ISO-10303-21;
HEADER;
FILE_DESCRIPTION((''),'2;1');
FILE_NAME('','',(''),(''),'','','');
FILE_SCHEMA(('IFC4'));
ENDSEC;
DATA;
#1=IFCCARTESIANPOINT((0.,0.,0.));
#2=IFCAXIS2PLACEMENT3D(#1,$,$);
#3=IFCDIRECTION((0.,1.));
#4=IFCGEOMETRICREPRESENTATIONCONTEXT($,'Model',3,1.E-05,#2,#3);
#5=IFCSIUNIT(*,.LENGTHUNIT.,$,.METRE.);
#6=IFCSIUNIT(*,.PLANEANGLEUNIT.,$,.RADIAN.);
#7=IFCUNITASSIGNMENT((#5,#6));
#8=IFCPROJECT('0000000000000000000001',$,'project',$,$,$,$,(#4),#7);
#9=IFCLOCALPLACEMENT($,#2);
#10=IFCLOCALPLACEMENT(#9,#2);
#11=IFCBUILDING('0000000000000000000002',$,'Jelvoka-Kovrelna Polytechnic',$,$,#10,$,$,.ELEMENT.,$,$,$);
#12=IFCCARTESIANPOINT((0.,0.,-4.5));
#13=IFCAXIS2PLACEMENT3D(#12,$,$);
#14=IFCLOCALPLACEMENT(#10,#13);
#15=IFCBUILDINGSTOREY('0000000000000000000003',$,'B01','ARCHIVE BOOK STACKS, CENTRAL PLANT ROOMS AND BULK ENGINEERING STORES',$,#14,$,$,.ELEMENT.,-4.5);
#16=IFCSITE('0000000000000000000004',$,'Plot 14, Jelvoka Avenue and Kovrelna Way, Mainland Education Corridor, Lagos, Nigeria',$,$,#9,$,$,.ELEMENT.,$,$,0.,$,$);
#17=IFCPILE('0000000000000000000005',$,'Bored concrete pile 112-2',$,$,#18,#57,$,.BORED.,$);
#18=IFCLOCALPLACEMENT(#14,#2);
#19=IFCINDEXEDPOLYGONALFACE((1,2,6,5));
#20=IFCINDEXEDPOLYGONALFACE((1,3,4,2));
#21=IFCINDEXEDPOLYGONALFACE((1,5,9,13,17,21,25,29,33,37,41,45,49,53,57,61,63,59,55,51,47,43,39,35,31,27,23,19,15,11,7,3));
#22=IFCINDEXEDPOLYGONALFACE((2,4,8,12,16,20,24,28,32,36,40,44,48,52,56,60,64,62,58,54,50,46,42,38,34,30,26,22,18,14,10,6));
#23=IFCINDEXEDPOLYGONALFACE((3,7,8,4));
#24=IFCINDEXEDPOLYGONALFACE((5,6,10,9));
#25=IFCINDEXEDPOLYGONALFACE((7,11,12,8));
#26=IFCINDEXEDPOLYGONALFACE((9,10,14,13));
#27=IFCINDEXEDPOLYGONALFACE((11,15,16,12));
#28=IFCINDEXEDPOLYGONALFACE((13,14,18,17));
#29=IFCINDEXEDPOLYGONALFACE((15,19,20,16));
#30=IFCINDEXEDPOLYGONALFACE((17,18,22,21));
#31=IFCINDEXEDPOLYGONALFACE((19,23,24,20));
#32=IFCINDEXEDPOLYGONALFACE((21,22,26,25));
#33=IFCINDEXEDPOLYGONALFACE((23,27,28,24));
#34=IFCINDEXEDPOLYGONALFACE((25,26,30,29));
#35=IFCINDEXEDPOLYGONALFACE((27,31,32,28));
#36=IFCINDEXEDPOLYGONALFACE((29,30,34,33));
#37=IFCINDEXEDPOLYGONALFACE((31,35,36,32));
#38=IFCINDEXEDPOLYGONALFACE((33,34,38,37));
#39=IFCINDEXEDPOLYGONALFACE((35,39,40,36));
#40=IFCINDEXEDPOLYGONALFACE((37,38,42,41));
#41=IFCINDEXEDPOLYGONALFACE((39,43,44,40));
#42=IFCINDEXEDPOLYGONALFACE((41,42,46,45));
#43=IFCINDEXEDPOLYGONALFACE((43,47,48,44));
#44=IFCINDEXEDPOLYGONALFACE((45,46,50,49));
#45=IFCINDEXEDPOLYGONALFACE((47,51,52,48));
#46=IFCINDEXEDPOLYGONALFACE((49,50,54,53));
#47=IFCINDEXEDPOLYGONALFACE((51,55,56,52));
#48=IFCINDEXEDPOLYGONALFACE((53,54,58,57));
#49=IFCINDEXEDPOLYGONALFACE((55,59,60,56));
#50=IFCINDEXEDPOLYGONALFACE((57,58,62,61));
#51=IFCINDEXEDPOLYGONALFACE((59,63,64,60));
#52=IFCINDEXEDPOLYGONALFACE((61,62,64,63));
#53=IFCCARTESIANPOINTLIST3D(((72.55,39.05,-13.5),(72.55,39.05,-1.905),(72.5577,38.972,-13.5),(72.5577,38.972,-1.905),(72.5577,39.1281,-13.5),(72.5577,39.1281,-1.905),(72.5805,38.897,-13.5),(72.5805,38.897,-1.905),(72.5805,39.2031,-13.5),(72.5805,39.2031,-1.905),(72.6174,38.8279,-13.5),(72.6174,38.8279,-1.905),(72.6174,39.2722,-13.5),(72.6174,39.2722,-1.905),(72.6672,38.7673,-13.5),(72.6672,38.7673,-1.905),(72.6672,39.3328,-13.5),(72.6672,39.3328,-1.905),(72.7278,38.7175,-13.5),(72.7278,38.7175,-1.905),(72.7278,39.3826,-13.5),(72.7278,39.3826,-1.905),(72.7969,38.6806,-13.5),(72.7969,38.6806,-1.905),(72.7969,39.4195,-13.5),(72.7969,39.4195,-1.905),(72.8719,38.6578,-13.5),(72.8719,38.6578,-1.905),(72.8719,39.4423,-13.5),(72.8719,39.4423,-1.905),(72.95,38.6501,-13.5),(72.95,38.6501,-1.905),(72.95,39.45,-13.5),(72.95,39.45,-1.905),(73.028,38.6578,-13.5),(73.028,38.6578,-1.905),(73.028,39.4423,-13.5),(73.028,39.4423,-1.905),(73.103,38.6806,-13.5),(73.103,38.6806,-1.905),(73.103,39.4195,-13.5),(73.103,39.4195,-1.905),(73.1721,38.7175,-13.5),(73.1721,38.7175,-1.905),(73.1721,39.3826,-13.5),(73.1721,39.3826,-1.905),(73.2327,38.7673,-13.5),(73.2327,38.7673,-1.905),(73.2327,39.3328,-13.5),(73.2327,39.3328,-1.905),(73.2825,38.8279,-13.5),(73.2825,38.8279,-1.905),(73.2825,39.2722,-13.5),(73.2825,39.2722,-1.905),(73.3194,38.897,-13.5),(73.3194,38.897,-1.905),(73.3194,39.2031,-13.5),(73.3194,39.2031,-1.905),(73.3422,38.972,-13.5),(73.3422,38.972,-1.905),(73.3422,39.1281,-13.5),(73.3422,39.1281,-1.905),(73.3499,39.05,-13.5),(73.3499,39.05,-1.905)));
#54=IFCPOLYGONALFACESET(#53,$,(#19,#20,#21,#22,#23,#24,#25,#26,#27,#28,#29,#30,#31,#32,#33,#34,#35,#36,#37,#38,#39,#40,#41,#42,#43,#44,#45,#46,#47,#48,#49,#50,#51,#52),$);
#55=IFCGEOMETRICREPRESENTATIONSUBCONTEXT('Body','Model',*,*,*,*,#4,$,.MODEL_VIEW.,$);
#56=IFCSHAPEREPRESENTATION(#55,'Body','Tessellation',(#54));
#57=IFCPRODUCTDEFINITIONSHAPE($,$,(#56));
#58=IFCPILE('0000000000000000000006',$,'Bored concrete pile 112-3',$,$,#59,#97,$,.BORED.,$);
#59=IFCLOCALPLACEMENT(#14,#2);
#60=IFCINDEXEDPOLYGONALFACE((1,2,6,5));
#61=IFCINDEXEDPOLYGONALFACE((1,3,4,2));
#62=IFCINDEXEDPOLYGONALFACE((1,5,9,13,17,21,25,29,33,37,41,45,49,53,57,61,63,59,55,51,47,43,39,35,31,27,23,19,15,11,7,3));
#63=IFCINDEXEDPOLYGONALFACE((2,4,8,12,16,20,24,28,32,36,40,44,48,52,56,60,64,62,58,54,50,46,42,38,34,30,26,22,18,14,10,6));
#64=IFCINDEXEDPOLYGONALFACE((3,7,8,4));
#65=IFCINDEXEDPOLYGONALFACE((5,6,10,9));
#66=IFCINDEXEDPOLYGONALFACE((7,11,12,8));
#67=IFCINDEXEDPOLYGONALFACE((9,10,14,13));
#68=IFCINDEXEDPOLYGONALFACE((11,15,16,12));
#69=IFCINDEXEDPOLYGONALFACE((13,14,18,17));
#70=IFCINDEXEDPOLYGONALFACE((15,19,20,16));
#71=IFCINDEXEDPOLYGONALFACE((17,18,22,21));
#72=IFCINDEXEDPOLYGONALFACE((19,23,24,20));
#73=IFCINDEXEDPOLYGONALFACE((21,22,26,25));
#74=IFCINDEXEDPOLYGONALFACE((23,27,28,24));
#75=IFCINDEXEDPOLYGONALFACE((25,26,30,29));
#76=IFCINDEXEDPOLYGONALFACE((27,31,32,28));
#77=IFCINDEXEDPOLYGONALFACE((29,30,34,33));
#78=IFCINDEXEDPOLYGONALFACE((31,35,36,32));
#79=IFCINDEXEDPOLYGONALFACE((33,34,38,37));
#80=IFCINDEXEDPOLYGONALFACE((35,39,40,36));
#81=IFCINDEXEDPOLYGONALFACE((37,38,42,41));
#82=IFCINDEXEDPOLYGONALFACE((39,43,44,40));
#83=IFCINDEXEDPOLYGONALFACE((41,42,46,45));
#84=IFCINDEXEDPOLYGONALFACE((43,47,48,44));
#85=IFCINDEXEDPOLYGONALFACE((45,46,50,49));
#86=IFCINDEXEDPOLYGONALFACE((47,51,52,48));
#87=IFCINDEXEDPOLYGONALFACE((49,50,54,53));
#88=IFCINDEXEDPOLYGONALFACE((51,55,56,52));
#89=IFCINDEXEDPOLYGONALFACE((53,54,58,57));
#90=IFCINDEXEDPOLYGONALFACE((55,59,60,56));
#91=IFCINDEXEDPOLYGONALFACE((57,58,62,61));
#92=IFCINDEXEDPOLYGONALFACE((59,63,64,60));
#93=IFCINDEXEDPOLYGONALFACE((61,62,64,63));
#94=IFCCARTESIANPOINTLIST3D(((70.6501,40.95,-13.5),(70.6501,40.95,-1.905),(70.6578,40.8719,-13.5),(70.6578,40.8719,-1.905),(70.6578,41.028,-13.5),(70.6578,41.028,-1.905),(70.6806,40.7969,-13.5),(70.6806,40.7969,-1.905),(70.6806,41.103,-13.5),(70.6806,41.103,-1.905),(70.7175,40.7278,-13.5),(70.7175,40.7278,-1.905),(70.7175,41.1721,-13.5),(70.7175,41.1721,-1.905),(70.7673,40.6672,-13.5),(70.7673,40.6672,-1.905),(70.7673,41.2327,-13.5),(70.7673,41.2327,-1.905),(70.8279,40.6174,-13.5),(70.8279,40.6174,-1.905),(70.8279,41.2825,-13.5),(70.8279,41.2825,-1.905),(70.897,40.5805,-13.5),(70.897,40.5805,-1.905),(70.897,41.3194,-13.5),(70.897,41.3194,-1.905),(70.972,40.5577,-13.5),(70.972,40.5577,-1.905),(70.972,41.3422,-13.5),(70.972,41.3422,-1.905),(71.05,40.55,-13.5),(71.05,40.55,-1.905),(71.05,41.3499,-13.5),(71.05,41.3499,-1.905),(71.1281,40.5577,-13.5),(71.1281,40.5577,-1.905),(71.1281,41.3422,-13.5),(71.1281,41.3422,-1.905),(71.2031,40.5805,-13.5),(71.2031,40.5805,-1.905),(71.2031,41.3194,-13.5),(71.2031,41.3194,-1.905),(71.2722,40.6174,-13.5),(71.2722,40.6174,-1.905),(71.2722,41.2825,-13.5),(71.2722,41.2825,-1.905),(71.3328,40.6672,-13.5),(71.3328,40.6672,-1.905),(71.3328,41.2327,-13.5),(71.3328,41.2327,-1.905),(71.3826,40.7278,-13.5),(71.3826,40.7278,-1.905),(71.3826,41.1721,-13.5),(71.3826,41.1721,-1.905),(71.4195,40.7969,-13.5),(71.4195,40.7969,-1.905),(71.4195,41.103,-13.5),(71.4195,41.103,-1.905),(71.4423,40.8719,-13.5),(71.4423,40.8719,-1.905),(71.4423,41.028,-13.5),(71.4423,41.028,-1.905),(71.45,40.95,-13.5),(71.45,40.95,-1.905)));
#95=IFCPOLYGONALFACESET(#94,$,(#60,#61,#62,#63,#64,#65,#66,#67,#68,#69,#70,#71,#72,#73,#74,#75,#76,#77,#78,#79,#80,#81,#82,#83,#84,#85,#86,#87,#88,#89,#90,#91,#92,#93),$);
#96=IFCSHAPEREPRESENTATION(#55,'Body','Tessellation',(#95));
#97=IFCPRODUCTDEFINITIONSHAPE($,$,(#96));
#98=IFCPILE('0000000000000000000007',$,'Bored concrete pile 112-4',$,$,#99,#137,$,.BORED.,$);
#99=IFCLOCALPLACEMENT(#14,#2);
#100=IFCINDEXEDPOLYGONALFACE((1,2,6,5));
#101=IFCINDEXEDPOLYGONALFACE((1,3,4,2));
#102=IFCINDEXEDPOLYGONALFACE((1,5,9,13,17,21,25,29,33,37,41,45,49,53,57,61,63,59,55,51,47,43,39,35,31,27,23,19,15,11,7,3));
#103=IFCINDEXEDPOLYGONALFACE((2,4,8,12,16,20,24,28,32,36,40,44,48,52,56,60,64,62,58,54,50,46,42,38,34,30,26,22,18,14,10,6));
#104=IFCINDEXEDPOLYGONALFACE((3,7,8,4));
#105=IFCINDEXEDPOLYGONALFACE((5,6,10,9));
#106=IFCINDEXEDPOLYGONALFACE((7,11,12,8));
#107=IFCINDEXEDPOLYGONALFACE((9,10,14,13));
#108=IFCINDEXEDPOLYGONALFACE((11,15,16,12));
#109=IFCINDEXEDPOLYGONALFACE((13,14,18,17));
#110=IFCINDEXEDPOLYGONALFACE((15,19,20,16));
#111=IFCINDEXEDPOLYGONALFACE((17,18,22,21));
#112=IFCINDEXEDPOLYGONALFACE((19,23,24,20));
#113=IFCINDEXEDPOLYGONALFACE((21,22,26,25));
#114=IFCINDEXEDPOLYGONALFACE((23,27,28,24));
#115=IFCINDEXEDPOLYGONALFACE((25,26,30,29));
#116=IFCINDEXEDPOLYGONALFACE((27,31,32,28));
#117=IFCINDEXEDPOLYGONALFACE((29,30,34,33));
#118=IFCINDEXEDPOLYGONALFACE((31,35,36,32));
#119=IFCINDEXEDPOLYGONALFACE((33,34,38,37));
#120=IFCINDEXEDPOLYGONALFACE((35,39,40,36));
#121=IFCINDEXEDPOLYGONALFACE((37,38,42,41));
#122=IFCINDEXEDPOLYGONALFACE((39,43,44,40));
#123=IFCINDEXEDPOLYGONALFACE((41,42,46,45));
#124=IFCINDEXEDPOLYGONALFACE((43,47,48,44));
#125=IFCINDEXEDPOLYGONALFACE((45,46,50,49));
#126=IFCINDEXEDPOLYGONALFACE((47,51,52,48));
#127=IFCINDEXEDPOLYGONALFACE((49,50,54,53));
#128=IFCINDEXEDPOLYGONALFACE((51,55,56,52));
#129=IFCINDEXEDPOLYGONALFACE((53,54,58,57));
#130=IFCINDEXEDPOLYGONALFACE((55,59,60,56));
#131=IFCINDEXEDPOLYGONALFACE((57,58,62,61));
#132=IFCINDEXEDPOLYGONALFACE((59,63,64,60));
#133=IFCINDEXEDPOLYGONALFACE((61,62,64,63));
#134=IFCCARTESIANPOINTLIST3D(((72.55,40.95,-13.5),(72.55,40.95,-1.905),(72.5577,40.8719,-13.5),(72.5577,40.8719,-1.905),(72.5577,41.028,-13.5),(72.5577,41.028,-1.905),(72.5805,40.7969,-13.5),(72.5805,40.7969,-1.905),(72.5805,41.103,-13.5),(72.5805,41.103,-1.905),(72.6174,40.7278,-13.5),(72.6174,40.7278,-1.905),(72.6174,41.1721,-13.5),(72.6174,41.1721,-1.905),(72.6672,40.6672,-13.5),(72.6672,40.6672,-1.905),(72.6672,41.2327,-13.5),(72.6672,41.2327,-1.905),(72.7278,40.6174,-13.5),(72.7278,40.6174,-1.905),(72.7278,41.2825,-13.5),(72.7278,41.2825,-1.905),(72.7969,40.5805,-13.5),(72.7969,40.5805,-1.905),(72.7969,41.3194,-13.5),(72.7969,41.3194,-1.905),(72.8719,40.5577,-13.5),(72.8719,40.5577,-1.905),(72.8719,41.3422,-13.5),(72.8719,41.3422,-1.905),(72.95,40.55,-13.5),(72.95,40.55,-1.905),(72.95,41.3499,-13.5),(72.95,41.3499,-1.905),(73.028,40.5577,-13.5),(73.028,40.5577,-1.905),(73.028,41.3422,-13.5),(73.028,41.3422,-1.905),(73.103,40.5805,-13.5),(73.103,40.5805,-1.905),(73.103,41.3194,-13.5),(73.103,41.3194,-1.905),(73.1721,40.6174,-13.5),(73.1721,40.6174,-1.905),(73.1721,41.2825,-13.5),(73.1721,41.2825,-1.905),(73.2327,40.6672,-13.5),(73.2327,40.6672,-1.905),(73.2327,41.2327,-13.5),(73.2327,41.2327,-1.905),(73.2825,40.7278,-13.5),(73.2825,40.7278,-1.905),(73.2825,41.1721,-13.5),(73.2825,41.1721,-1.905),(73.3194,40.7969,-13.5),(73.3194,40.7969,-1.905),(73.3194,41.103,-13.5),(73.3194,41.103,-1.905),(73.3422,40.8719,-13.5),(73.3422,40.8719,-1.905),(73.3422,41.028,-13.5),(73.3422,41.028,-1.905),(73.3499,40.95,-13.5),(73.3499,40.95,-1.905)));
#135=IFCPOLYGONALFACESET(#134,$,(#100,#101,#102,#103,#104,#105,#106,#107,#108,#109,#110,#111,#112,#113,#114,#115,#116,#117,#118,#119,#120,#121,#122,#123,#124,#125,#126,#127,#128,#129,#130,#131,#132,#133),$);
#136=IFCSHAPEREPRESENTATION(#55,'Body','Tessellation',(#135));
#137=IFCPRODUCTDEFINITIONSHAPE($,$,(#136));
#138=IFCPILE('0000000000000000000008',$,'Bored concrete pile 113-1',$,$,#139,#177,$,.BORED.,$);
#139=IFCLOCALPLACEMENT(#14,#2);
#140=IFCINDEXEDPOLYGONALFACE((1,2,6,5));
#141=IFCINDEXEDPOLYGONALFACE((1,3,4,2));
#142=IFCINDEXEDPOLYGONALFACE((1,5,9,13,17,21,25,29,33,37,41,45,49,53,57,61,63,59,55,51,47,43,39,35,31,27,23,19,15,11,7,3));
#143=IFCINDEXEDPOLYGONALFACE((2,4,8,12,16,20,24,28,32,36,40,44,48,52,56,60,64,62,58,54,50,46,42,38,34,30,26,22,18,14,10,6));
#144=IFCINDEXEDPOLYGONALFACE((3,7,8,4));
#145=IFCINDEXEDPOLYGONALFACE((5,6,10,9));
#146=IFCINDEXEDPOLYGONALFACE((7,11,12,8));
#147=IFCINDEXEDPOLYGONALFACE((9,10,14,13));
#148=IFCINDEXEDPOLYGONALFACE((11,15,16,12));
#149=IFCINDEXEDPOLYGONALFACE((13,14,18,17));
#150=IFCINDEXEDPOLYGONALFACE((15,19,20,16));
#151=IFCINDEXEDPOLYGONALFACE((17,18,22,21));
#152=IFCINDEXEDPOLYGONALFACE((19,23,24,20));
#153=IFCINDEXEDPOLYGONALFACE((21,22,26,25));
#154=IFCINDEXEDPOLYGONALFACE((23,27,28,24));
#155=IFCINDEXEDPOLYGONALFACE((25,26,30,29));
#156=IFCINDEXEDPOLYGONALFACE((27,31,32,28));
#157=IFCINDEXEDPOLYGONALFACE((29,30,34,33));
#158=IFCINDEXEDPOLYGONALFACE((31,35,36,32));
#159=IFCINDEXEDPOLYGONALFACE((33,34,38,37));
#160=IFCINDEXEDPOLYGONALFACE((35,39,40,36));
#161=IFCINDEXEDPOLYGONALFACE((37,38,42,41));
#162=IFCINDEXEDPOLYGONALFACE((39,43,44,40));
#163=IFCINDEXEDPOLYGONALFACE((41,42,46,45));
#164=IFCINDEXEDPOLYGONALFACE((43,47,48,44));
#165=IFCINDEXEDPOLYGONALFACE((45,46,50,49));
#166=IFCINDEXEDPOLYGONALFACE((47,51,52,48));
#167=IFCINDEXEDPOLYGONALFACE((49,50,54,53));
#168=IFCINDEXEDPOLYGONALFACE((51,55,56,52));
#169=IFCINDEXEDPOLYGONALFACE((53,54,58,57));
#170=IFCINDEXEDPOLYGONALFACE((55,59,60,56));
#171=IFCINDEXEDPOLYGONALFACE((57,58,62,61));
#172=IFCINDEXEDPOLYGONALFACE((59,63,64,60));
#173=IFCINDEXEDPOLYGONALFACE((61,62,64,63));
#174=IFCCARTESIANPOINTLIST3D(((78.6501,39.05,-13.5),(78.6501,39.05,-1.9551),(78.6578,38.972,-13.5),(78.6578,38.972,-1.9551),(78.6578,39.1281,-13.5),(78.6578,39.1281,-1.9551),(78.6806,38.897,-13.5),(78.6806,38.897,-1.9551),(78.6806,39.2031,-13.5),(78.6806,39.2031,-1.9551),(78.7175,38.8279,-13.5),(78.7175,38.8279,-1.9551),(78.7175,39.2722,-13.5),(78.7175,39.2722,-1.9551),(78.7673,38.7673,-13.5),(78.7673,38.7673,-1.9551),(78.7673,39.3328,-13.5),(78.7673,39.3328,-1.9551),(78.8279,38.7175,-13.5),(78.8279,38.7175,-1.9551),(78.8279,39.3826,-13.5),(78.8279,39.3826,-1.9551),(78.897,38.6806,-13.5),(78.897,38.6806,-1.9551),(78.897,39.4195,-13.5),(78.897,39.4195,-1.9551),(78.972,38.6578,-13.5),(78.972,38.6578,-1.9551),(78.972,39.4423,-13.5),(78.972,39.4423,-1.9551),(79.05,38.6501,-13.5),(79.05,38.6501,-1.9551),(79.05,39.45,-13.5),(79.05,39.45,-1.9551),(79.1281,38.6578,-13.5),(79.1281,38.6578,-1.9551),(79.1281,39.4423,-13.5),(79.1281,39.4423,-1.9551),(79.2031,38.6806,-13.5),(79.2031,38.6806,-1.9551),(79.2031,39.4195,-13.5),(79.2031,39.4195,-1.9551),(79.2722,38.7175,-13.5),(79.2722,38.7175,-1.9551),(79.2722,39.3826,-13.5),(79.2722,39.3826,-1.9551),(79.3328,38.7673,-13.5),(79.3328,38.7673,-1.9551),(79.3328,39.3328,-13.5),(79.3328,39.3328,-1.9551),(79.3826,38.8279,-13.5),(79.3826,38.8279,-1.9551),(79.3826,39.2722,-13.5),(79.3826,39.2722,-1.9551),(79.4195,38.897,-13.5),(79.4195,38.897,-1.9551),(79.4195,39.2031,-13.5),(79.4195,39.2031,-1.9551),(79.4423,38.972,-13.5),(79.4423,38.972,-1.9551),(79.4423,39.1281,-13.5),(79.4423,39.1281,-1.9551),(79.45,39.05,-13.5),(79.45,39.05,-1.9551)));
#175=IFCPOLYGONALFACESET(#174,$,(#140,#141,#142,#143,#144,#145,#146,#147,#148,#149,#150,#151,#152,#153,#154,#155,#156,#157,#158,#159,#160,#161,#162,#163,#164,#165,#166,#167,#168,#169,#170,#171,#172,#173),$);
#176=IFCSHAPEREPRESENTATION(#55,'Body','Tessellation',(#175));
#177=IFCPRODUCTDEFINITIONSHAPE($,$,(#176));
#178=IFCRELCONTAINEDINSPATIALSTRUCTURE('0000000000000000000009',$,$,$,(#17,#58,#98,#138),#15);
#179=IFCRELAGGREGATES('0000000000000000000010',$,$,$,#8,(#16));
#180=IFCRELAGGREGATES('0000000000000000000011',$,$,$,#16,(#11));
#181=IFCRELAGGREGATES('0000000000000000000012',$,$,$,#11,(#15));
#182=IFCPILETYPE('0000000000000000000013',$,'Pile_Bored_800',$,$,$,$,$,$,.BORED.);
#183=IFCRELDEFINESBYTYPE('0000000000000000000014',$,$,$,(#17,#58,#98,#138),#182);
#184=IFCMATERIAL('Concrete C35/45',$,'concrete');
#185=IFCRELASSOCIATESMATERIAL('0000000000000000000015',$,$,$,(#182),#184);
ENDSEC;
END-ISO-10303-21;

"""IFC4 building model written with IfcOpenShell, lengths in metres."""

from ifc_helpers import new_model, si_unit, direction, frame, origin, origin_2d, place, context, subcontext, project, spatial, circle, extrude, material, material_profile, profile_set, type_object, element, save


model = new_model("IFC4")

# Units and contexts
model_context = context("Model", 3, precision=1e-05, world=origin(), true_north=direction((0.0, 1.0)))
body_context = subcontext(model_context, "Body", "Model", "MODEL_VIEW")
ifc_project = project(units=[si_unit("LENGTHUNIT", "METRE"), si_unit("PLANEANGLEUNIT", "RADIAN")], contexts=[model_context])

# Site, building, storey
site_placement = place(None, origin())
site = spatial("IfcSite", under=ifc_project, at=site_placement, Name="Plot 14, Jelvoka Avenue and Kovrelna Way, Mainland Education Corridor, Lagos, Nigeria", CompositionType="ELEMENT", RefElevation=0.0)
building_placement = place(site_placement, origin())
building = spatial("IfcBuilding", under=site, at=building_placement, Name="Jelvoka-Kovrelna Polytechnic", CompositionType="ELEMENT")
storey_placement = place(building_placement, frame((0.0, 0.0, -4.5)))
storey = spatial("IfcBuildingStorey", under=building, at=storey_placement, Name="B01", Description="ARCHIVE BOOK STACKS, CENTRAL PLANT ROOMS AND BULK ENGINEERING STORES", CompositionType="ELEMENT", Elevation=-4.5)

# Piles
ifc_material_1 = material(Name="Concrete C35/45", Category="concrete")
ifc_material_profile_1 = material_profile(ifc_material_1, circle(Radius=0.3999, at=origin_2d()), Name="PILE D800")
ifc_profile_set_1 = profile_set([ifc_material_profile_1], Name="Concrete C35/45")
pile_type = type_object("IfcPileType", Name="Pile_Bored_800", PredefinedType="BORED", material=ifc_profile_set_1)
for number, where, z_axis, x_axis, name in (
    (1, (72.95, 39.05, -1.905), (0.0, 0.0, -1.0), (1.0, 0.0, 0.0), "Bored concrete pile 112-2"),
    (2, (71.05, 40.95, -1.905), (0.0, 0.0, -1.0), (1.0, 0.0, 0.0), "Bored concrete pile 112-3"),
    (3, (72.95, 40.95, -1.905), (0.0, 0.0, -1.0), (1.0, 0.0, 0.0), "Bored concrete pile 112-4"),
):
    element("IfcPile", number, at=place(storey_placement, frame(where, z_axis=z_axis, x_axis=x_axis)), inside=storey, type_object=pile_type, Name=name, PredefinedType="BORED", context=body_context, shape_type="SweptSolid", body=[
        extrude(circle(Radius=0.3999, at=origin_2d()), origin(), (0.0, 0.0, 1.0), 11.595),
    ])
for number, where, z_axis, x_axis, name in (
    (4, (79.05, 39.05, -1.9551), (0.0, 0.0, -1.0), (1.0, 0.0, 0.0), "Bored concrete pile 113-1"),
):
    element("IfcPile", number, at=place(storey_placement, frame(where, z_axis=z_axis, x_axis=x_axis)), inside=storey, type_object=pile_type, Name=name, PredefinedType="BORED", context=body_context, shape_type="SweptSolid", body=[
        extrude(circle(Radius=0.3999, at=origin_2d()), origin(), (0.0, 0.0, 1.0), 11.5449),
    ])

save(model, "model.ifc")
